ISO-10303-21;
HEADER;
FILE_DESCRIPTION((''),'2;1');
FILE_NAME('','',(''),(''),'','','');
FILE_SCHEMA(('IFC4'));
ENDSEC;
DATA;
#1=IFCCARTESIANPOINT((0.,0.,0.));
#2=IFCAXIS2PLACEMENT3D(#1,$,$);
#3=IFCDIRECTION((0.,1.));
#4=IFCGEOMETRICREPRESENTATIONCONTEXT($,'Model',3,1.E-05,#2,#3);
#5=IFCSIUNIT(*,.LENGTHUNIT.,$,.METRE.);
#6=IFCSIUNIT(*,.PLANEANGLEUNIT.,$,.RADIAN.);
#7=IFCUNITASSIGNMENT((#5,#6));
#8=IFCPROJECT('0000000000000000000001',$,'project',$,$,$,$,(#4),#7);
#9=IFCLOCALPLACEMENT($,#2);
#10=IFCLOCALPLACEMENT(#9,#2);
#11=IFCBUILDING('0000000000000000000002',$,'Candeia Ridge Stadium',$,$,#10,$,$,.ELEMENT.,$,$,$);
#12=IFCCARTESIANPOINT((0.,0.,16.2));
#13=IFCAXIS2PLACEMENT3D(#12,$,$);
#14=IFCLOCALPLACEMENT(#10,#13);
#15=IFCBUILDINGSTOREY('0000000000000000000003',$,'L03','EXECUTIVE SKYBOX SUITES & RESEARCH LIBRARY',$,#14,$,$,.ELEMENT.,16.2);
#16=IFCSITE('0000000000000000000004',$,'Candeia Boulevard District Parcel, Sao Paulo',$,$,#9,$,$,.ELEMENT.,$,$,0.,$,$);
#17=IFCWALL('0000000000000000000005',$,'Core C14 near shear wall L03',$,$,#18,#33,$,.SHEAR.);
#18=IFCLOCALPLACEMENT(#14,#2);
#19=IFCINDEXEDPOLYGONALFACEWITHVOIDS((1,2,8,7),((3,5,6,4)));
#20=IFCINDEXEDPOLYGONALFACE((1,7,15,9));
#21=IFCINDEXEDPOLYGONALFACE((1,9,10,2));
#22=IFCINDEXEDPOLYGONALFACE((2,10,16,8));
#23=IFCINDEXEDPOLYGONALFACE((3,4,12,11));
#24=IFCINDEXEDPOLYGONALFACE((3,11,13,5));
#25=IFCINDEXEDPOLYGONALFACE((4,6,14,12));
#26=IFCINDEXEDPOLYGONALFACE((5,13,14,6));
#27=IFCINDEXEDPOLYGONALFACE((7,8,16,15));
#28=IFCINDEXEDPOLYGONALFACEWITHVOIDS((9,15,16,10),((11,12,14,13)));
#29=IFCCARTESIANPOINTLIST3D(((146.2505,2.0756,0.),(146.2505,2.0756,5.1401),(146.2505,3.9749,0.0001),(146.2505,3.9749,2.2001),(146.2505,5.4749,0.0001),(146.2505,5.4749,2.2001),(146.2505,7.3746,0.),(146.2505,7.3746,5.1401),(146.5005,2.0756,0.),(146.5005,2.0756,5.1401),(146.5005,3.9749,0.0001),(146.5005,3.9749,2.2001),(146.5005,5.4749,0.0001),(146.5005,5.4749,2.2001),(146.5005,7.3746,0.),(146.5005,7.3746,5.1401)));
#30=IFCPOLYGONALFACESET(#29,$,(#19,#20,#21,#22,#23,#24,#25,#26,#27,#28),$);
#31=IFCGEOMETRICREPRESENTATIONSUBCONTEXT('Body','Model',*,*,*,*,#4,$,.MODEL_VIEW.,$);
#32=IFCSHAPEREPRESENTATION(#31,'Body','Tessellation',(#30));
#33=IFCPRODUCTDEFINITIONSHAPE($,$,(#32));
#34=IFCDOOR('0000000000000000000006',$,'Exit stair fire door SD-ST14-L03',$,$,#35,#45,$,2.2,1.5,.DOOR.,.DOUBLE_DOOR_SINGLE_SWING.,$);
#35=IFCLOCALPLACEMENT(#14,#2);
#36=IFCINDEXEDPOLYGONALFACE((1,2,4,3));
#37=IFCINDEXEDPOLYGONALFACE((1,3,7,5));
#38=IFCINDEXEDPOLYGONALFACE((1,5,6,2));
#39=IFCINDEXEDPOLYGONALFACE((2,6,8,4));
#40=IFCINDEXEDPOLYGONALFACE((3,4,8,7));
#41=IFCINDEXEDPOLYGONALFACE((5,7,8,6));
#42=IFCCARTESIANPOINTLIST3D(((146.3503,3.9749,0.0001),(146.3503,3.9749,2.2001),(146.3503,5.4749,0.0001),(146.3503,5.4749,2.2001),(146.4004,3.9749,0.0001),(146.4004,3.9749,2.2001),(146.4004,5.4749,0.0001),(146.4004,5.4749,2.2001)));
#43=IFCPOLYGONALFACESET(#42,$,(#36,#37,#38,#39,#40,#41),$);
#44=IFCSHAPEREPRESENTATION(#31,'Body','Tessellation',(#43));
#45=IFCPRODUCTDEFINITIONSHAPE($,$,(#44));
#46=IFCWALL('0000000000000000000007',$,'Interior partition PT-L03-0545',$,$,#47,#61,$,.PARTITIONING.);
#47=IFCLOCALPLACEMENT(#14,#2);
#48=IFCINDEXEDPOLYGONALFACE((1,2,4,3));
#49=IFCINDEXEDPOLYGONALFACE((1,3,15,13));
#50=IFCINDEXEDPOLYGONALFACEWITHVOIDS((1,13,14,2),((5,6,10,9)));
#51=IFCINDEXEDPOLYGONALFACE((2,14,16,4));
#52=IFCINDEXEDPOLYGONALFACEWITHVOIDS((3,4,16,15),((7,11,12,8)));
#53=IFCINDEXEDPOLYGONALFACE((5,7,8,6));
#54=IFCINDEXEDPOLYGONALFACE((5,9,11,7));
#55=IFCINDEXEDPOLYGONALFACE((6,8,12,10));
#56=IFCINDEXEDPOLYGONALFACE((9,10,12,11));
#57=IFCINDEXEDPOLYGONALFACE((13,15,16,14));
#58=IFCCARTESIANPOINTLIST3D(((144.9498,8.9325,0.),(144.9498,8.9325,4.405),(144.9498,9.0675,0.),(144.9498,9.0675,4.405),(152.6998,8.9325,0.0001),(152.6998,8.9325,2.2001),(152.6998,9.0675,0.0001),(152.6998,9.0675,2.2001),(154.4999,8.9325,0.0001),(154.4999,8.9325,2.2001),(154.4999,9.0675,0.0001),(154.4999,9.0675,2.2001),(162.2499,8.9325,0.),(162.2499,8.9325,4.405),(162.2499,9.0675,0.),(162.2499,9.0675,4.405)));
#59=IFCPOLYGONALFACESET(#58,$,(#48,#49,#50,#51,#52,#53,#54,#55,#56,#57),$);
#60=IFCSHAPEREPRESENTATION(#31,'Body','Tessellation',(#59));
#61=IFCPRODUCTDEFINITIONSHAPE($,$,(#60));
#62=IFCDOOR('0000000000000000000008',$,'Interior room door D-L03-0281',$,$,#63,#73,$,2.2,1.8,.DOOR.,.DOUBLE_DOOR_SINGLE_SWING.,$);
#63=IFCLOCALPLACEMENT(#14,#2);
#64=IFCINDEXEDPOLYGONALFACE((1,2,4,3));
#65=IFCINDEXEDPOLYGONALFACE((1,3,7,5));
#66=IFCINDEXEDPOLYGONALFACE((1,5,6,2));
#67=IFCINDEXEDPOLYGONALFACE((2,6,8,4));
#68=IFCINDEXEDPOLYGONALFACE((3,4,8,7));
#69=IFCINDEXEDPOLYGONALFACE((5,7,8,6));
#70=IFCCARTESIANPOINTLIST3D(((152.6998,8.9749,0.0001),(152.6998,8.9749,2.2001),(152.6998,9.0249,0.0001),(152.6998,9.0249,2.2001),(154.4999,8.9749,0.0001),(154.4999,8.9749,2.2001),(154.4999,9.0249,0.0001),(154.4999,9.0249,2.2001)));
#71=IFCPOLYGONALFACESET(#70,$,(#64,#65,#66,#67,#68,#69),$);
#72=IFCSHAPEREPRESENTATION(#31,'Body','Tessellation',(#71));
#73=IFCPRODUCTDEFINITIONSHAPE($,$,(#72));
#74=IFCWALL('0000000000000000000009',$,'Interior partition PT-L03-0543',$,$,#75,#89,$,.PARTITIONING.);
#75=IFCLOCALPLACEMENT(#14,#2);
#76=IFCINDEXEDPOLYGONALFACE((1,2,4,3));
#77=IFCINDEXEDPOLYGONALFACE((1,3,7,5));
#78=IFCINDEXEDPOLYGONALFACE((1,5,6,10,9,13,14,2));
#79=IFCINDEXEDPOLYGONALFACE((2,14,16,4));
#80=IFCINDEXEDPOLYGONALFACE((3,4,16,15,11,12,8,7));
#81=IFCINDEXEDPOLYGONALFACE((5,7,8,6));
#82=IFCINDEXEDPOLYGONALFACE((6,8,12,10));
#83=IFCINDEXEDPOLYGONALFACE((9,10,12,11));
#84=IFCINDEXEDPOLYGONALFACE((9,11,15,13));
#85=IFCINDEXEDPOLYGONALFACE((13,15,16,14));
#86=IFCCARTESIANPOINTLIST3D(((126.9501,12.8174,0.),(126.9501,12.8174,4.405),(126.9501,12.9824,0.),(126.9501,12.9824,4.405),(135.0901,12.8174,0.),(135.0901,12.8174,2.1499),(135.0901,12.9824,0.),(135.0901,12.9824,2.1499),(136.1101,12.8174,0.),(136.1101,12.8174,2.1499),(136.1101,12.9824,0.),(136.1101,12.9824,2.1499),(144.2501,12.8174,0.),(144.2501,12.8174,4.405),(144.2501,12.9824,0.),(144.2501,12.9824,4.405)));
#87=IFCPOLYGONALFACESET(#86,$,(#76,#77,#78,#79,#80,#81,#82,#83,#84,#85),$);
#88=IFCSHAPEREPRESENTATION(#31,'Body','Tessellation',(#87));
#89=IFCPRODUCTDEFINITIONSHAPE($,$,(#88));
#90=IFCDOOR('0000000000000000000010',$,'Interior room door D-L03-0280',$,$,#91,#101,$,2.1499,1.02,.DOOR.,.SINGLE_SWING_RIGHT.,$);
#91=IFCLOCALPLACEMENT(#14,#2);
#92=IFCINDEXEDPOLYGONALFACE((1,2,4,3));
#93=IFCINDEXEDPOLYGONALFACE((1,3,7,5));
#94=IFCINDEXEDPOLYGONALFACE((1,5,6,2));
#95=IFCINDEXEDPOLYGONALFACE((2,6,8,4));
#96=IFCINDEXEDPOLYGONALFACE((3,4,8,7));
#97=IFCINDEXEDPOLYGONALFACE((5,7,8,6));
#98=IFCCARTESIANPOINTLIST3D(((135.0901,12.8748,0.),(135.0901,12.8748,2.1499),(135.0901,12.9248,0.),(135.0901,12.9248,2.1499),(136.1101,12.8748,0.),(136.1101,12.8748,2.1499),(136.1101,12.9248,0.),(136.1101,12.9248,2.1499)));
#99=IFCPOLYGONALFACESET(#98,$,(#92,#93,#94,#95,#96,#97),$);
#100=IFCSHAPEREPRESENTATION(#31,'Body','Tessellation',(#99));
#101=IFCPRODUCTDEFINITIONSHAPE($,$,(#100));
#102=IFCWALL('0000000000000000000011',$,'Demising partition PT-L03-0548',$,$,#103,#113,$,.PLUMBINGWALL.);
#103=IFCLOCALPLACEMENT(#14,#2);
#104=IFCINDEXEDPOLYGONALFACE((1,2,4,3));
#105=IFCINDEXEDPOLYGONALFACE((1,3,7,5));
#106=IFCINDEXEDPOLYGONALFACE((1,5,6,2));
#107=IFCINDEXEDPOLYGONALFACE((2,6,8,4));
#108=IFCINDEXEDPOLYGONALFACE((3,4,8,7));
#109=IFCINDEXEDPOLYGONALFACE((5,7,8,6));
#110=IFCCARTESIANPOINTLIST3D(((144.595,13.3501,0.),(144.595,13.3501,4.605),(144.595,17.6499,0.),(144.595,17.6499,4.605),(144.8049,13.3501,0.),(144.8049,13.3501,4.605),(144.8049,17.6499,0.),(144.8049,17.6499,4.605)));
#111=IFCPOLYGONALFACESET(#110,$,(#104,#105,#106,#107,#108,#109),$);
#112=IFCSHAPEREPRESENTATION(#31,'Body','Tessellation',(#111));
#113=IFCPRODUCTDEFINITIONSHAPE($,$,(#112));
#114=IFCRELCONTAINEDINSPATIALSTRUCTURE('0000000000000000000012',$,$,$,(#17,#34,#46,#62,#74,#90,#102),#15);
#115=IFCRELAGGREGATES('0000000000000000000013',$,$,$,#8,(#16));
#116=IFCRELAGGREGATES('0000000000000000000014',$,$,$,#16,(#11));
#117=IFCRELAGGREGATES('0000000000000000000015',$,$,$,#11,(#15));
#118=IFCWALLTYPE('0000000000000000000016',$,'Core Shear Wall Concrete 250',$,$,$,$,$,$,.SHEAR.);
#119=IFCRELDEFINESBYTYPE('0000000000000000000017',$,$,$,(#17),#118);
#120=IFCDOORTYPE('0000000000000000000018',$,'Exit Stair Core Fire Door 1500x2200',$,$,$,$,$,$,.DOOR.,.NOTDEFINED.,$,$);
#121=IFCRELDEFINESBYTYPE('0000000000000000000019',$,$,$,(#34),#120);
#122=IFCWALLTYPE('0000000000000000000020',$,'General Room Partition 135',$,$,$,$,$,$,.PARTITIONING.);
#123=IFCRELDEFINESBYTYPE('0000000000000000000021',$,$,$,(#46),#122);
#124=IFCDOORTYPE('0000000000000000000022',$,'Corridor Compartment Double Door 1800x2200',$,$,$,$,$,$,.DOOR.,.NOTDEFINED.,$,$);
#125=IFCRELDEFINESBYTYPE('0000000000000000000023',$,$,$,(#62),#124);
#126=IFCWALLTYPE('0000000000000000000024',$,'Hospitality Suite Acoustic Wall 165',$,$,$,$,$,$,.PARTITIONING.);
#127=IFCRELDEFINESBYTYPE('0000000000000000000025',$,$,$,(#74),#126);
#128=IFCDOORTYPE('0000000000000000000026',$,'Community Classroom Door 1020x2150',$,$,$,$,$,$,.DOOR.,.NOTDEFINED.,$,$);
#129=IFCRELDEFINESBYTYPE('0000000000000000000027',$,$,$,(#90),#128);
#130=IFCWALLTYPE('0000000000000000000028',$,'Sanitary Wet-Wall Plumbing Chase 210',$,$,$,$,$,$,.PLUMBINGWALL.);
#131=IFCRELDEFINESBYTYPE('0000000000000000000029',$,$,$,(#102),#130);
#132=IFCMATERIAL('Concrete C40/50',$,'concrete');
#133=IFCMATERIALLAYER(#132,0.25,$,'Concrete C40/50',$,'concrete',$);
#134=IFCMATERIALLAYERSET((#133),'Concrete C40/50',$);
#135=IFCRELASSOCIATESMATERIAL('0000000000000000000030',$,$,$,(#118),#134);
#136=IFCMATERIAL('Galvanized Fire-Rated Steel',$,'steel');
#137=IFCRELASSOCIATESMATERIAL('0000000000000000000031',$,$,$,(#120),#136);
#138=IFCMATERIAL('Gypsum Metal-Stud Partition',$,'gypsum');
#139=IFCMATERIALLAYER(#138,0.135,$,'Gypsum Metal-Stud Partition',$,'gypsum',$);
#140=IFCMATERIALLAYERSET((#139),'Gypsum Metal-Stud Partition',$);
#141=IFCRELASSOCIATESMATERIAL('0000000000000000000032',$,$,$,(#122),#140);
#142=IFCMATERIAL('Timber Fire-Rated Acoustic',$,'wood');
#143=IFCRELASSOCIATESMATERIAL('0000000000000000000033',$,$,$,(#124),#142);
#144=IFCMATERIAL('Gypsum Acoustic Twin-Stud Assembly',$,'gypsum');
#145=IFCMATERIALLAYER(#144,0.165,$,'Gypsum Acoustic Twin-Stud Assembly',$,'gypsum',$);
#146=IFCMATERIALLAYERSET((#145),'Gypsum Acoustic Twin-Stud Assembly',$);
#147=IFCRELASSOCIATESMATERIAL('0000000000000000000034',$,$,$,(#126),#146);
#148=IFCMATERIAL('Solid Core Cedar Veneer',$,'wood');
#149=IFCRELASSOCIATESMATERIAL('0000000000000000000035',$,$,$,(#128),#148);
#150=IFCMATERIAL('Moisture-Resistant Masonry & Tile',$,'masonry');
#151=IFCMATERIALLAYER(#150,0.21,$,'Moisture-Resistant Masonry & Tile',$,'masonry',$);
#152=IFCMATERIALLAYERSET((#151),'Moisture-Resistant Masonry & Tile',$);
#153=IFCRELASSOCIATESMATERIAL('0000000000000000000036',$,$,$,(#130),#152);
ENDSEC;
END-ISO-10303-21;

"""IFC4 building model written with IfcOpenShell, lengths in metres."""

from ifc_helpers import new_model, si_unit, direction, frame, frame_2d, origin, place, context, subcontext, project, spatial, rectangle, extrude, material, layer, layer_set, type_object, element, fill, save


model = new_model("IFC4")

# Units and contexts
model_context = context("Model", 3, precision=1e-05, world=origin(), true_north=direction((0.0, 1.0)))
body_context = subcontext(model_context, "Body", "Model", "MODEL_VIEW")
ifc_project = project(units=[si_unit("LENGTHUNIT", "METRE"), si_unit("PLANEANGLEUNIT", "RADIAN")], contexts=[model_context])

# Site, building, storey
site_placement = place(None, origin())
site = spatial("IfcSite", under=ifc_project, at=site_placement, Name="Candeia Boulevard District Parcel, Sao Paulo", CompositionType="ELEMENT", RefElevation=0.0)
building_placement = place(site_placement, origin())
building = spatial("IfcBuilding", under=site, at=building_placement, Name="Candeia Ridge Stadium", CompositionType="ELEMENT")
storey_placement = place(building_placement, frame((0.0, 0.0, 16.2)))
storey = spatial("IfcBuildingStorey", under=building, at=storey_placement, Name="L03", Description="EXECUTIVE SKYBOX SUITES & RESEARCH LIBRARY", CompositionType="ELEMENT", Elevation=16.2)

# Shared definitions
ifc_material_1 = material(Name="Concrete C40/50", Category="concrete")

# Walls, openings, doors
ifc_layer_1 = layer(ifc_material_1, 0.25, Name="Concrete C40/50", Category="concrete")
ifc_layer_set_1 = layer_set([ifc_layer_1], Name="Concrete C40/50")
wall_type_1 = type_object("IfcWallType", Name="Core Shear Wall Concrete 250", PredefinedType="SHEAR", material=ifc_layer_set_1)
wall_1_placement = place(storey_placement, frame((146.3755, 7.3745, 0.0), z_axis=(0.0, 0.0, 1.0), x_axis=(0.0, -1.0, 0.0)))
wall_1 = element("IfcWall", 1, at=wall_1_placement, inside=storey, type_object=wall_type_1, Name="Core C14 near shear wall L03", PredefinedType="SHEAR", context=body_context, shape_type="SweptSolid", body=[
    extrude(rectangle(XDim=5.2991, YDim=0.25, at=frame_2d((2.6494, 0.0))), origin(), (0.0, 0.0, 1.0), 5.1401),
])
opening_1_placement = place(wall_1_placement, frame((1.8997, 0.0, 0.0)))
opening_1 = element("IfcOpeningElement", 2, at=opening_1_placement, cuts=wall_1, PredefinedType="OPENING", context=body_context, shape_type="SweptSolid", body=[
    extrude(rectangle(XDim=1.5, YDim=2.2, at=frame_2d((0.75, 1.1001))), frame((0.0, 0.135, 0.0), z_axis=(0.0, -1.0, 0.0), x_axis=(1.0, 0.0, 0.0)), (0.0, 0.0, 1.0), 0.27),
])
ifc_material_2 = material(Name="Galvanized Fire-Rated Steel", Category="steel")
door_type_1 = type_object("IfcDoorType", Name="Exit Stair Core Fire Door 1500x2200", OperationType="NOTDEFINED", PredefinedType="DOOR", material=ifc_material_2)
door_1_placement = place(opening_1_placement, origin())
door_1 = element("IfcDoor", 3, at=door_1_placement, inside=storey, type_object=door_type_1, Name="Exit stair fire door SD-ST14-L03", OperationType="DOUBLE_DOOR_SINGLE_SWING", OverallHeight=2.2, OverallWidth=1.5, PredefinedType="DOOR", context=body_context, shape_type="SweptSolid", body=[
    extrude(rectangle(XDim=1.5, YDim=2.2, at=frame_2d((0.75, 1.1001))), frame((0.0, 0.0249, 0.0), z_axis=(0.0, -1.0, 0.0), x_axis=(1.0, 0.0, 0.0)), (0.0, 0.0, 1.0), 0.05),
])
fill(opening_1, door_1)
ifc_material_3 = material(Name="Gypsum Metal-Stud Partition", Category="gypsum")
ifc_layer_2 = layer(ifc_material_3, 0.135, Name="Gypsum Metal-Stud Partition", Category="gypsum")
ifc_layer_set_2 = layer_set([ifc_layer_2], Name="Gypsum Metal-Stud Partition")
wall_type_2 = type_object("IfcWallType", Name="General Room Partition 135", PredefinedType="PARTITIONING", material=ifc_layer_set_2)
wall_2_placement = place(storey_placement, frame((144.95, 9.0, 0.0), z_axis=(0.0, 0.0, 1.0), x_axis=(1.0, 0.0, 0.0)))
wall_2 = element("IfcWall", 4, at=wall_2_placement, inside=storey, type_object=wall_type_2, Name="Interior partition PT-L03-0545", PredefinedType="PARTITIONING", context=body_context, shape_type="SweptSolid", body=[
    extrude(rectangle(XDim=17.3, YDim=0.135, at=frame_2d((8.6499, 0.0))), origin(), (0.0, 0.0, 1.0), 4.405),
])
opening_2_placement = place(wall_2_placement, frame((7.75, 0.0, 0.0)))
opening_2 = element("IfcOpeningElement", 5, at=opening_2_placement, cuts=wall_2, PredefinedType="OPENING", context=body_context, shape_type="SweptSolid", body=[
    extrude(rectangle(XDim=1.8, YDim=2.2, at=frame_2d((0.8999, 1.1001))), frame((0.0, 0.0774, 0.0), z_axis=(0.0, -1.0, 0.0), x_axis=(1.0, 0.0, 0.0)), (0.0, 0.0, 1.0), 0.155),
])
ifc_material_4 = material(Name="Timber Fire-Rated Acoustic", Category="wood")
door_type_2 = type_object("IfcDoorType", Name="Corridor Compartment Double Door 1800x2200", OperationType="NOTDEFINED", PredefinedType="DOOR", material=ifc_material_4)
door_2_placement = place(opening_2_placement, origin())
door_2 = element("IfcDoor", 6, at=door_2_placement, inside=storey, type_object=door_type_2, Name="Interior room door D-L03-0281", OperationType="DOUBLE_DOOR_SINGLE_SWING", OverallHeight=2.2, OverallWidth=1.8, PredefinedType="DOOR", context=body_context, shape_type="SweptSolid", body=[
    extrude(rectangle(XDim=1.8, YDim=2.2, at=frame_2d((0.8999, 1.1001))), frame((0.0, 0.0249, 0.0), z_axis=(0.0, -1.0, 0.0), x_axis=(1.0, 0.0, 0.0)), (0.0, 0.0, 1.0), 0.05),
])
fill(opening_2, door_2)
ifc_material_5 = material(Name="Gypsum Acoustic Twin-Stud Assembly", Category="gypsum")
ifc_layer_3 = layer(ifc_material_5, 0.165, Name="Gypsum Acoustic Twin-Stud Assembly", Category="gypsum")
ifc_layer_set_3 = layer_set([ifc_layer_3], Name="Gypsum Acoustic Twin-Stud Assembly")
wall_type_3 = type_object("IfcWallType", Name="Hospitality Suite Acoustic Wall 165", PredefinedType="PARTITIONING", material=ifc_layer_set_3)
wall_3_placement = place(storey_placement, frame((144.25, 12.8999, 0.0), z_axis=(0.0, 0.0, 1.0), x_axis=(-1.0, 0.0, 0.0)))
wall_3 = element("IfcWall", 7, at=wall_3_placement, inside=storey, type_object=wall_type_3, Name="Interior partition PT-L03-0543", PredefinedType="PARTITIONING", context=body_context, shape_type="SweptSolid", body=[
    extrude(rectangle(XDim=17.3, YDim=0.165, at=frame_2d((8.6499, 0.0))), origin(), (0.0, 0.0, 1.0), 4.405),
])
opening_3_placement = place(wall_3_placement, frame((8.1399, 0.0, 0.0)))
opening_3 = element("IfcOpeningElement", 8, at=opening_3_placement, cuts=wall_3, PredefinedType="OPENING", context=body_context, shape_type="SweptSolid", body=[
    extrude(rectangle(XDim=1.02, YDim=2.1499, at=frame_2d((0.51, 1.075))), frame((0.0, 0.0925, 0.0), z_axis=(0.0, -1.0, 0.0), x_axis=(1.0, 0.0, 0.0)), (0.0, 0.0, 1.0), 0.1851),
])
ifc_material_6 = material(Name="Solid Core Cedar Veneer", Category="wood")
door_type_3 = type_object("IfcDoorType", Name="Community Classroom Door 1020x2150", OperationType="NOTDEFINED", PredefinedType="DOOR", material=ifc_material_6)
door_3_placement = place(opening_3_placement, frame((1.02, 0.0, 0.0), z_axis=(0.0, 0.0, 1.0), x_axis=(-1.0, 0.0, 0.0)))
door_3 = element("IfcDoor", 9, at=door_3_placement, inside=storey, type_object=door_type_3, Name="Interior room door D-L03-0280", OperationType="SINGLE_SWING_RIGHT", OverallHeight=2.1499, OverallWidth=1.02, PredefinedType="DOOR", context=body_context, shape_type="SweptSolid", body=[
    extrude(rectangle(XDim=1.02, YDim=2.1499, at=frame_2d((0.51, 1.075))), frame((0.0, 0.0249, 0.0), z_axis=(0.0, -1.0, 0.0), x_axis=(1.0, 0.0, 0.0)), (0.0, 0.0, 1.0), 0.05),
])
fill(opening_3, door_3)

# Wall
ifc_material_7 = material(Name="Moisture-Resistant Masonry & Tile", Category="masonry")
ifc_layer_4 = layer(ifc_material_7, 0.21, Name="Moisture-Resistant Masonry & Tile", Category="masonry")
ifc_layer_set_4 = layer_set([ifc_layer_4], Name="Moisture-Resistant Masonry & Tile")
wall_type_4 = type_object("IfcWallType", Name="Sanitary Wet-Wall Plumbing Chase 210", PredefinedType="PLUMBINGWALL", material=ifc_layer_set_4)
wall_4_placement = place(storey_placement, frame((144.7, 13.3501, 0.0), z_axis=(0.0, 0.0, 1.0), x_axis=(0.0, 1.0, 0.0)))
element("IfcWall", 10, at=wall_4_placement, inside=storey, type_object=wall_type_4, Name="Demising partition PT-L03-0548", PredefinedType="PLUMBINGWALL", context=body_context, shape_type="SweptSolid", body=[
    extrude(rectangle(XDim=4.2998, YDim=0.21, at=frame_2d((2.1499, 0.0))), origin(), (0.0, 0.0, 1.0), 4.605),
])

save(model, "model.ifc")
